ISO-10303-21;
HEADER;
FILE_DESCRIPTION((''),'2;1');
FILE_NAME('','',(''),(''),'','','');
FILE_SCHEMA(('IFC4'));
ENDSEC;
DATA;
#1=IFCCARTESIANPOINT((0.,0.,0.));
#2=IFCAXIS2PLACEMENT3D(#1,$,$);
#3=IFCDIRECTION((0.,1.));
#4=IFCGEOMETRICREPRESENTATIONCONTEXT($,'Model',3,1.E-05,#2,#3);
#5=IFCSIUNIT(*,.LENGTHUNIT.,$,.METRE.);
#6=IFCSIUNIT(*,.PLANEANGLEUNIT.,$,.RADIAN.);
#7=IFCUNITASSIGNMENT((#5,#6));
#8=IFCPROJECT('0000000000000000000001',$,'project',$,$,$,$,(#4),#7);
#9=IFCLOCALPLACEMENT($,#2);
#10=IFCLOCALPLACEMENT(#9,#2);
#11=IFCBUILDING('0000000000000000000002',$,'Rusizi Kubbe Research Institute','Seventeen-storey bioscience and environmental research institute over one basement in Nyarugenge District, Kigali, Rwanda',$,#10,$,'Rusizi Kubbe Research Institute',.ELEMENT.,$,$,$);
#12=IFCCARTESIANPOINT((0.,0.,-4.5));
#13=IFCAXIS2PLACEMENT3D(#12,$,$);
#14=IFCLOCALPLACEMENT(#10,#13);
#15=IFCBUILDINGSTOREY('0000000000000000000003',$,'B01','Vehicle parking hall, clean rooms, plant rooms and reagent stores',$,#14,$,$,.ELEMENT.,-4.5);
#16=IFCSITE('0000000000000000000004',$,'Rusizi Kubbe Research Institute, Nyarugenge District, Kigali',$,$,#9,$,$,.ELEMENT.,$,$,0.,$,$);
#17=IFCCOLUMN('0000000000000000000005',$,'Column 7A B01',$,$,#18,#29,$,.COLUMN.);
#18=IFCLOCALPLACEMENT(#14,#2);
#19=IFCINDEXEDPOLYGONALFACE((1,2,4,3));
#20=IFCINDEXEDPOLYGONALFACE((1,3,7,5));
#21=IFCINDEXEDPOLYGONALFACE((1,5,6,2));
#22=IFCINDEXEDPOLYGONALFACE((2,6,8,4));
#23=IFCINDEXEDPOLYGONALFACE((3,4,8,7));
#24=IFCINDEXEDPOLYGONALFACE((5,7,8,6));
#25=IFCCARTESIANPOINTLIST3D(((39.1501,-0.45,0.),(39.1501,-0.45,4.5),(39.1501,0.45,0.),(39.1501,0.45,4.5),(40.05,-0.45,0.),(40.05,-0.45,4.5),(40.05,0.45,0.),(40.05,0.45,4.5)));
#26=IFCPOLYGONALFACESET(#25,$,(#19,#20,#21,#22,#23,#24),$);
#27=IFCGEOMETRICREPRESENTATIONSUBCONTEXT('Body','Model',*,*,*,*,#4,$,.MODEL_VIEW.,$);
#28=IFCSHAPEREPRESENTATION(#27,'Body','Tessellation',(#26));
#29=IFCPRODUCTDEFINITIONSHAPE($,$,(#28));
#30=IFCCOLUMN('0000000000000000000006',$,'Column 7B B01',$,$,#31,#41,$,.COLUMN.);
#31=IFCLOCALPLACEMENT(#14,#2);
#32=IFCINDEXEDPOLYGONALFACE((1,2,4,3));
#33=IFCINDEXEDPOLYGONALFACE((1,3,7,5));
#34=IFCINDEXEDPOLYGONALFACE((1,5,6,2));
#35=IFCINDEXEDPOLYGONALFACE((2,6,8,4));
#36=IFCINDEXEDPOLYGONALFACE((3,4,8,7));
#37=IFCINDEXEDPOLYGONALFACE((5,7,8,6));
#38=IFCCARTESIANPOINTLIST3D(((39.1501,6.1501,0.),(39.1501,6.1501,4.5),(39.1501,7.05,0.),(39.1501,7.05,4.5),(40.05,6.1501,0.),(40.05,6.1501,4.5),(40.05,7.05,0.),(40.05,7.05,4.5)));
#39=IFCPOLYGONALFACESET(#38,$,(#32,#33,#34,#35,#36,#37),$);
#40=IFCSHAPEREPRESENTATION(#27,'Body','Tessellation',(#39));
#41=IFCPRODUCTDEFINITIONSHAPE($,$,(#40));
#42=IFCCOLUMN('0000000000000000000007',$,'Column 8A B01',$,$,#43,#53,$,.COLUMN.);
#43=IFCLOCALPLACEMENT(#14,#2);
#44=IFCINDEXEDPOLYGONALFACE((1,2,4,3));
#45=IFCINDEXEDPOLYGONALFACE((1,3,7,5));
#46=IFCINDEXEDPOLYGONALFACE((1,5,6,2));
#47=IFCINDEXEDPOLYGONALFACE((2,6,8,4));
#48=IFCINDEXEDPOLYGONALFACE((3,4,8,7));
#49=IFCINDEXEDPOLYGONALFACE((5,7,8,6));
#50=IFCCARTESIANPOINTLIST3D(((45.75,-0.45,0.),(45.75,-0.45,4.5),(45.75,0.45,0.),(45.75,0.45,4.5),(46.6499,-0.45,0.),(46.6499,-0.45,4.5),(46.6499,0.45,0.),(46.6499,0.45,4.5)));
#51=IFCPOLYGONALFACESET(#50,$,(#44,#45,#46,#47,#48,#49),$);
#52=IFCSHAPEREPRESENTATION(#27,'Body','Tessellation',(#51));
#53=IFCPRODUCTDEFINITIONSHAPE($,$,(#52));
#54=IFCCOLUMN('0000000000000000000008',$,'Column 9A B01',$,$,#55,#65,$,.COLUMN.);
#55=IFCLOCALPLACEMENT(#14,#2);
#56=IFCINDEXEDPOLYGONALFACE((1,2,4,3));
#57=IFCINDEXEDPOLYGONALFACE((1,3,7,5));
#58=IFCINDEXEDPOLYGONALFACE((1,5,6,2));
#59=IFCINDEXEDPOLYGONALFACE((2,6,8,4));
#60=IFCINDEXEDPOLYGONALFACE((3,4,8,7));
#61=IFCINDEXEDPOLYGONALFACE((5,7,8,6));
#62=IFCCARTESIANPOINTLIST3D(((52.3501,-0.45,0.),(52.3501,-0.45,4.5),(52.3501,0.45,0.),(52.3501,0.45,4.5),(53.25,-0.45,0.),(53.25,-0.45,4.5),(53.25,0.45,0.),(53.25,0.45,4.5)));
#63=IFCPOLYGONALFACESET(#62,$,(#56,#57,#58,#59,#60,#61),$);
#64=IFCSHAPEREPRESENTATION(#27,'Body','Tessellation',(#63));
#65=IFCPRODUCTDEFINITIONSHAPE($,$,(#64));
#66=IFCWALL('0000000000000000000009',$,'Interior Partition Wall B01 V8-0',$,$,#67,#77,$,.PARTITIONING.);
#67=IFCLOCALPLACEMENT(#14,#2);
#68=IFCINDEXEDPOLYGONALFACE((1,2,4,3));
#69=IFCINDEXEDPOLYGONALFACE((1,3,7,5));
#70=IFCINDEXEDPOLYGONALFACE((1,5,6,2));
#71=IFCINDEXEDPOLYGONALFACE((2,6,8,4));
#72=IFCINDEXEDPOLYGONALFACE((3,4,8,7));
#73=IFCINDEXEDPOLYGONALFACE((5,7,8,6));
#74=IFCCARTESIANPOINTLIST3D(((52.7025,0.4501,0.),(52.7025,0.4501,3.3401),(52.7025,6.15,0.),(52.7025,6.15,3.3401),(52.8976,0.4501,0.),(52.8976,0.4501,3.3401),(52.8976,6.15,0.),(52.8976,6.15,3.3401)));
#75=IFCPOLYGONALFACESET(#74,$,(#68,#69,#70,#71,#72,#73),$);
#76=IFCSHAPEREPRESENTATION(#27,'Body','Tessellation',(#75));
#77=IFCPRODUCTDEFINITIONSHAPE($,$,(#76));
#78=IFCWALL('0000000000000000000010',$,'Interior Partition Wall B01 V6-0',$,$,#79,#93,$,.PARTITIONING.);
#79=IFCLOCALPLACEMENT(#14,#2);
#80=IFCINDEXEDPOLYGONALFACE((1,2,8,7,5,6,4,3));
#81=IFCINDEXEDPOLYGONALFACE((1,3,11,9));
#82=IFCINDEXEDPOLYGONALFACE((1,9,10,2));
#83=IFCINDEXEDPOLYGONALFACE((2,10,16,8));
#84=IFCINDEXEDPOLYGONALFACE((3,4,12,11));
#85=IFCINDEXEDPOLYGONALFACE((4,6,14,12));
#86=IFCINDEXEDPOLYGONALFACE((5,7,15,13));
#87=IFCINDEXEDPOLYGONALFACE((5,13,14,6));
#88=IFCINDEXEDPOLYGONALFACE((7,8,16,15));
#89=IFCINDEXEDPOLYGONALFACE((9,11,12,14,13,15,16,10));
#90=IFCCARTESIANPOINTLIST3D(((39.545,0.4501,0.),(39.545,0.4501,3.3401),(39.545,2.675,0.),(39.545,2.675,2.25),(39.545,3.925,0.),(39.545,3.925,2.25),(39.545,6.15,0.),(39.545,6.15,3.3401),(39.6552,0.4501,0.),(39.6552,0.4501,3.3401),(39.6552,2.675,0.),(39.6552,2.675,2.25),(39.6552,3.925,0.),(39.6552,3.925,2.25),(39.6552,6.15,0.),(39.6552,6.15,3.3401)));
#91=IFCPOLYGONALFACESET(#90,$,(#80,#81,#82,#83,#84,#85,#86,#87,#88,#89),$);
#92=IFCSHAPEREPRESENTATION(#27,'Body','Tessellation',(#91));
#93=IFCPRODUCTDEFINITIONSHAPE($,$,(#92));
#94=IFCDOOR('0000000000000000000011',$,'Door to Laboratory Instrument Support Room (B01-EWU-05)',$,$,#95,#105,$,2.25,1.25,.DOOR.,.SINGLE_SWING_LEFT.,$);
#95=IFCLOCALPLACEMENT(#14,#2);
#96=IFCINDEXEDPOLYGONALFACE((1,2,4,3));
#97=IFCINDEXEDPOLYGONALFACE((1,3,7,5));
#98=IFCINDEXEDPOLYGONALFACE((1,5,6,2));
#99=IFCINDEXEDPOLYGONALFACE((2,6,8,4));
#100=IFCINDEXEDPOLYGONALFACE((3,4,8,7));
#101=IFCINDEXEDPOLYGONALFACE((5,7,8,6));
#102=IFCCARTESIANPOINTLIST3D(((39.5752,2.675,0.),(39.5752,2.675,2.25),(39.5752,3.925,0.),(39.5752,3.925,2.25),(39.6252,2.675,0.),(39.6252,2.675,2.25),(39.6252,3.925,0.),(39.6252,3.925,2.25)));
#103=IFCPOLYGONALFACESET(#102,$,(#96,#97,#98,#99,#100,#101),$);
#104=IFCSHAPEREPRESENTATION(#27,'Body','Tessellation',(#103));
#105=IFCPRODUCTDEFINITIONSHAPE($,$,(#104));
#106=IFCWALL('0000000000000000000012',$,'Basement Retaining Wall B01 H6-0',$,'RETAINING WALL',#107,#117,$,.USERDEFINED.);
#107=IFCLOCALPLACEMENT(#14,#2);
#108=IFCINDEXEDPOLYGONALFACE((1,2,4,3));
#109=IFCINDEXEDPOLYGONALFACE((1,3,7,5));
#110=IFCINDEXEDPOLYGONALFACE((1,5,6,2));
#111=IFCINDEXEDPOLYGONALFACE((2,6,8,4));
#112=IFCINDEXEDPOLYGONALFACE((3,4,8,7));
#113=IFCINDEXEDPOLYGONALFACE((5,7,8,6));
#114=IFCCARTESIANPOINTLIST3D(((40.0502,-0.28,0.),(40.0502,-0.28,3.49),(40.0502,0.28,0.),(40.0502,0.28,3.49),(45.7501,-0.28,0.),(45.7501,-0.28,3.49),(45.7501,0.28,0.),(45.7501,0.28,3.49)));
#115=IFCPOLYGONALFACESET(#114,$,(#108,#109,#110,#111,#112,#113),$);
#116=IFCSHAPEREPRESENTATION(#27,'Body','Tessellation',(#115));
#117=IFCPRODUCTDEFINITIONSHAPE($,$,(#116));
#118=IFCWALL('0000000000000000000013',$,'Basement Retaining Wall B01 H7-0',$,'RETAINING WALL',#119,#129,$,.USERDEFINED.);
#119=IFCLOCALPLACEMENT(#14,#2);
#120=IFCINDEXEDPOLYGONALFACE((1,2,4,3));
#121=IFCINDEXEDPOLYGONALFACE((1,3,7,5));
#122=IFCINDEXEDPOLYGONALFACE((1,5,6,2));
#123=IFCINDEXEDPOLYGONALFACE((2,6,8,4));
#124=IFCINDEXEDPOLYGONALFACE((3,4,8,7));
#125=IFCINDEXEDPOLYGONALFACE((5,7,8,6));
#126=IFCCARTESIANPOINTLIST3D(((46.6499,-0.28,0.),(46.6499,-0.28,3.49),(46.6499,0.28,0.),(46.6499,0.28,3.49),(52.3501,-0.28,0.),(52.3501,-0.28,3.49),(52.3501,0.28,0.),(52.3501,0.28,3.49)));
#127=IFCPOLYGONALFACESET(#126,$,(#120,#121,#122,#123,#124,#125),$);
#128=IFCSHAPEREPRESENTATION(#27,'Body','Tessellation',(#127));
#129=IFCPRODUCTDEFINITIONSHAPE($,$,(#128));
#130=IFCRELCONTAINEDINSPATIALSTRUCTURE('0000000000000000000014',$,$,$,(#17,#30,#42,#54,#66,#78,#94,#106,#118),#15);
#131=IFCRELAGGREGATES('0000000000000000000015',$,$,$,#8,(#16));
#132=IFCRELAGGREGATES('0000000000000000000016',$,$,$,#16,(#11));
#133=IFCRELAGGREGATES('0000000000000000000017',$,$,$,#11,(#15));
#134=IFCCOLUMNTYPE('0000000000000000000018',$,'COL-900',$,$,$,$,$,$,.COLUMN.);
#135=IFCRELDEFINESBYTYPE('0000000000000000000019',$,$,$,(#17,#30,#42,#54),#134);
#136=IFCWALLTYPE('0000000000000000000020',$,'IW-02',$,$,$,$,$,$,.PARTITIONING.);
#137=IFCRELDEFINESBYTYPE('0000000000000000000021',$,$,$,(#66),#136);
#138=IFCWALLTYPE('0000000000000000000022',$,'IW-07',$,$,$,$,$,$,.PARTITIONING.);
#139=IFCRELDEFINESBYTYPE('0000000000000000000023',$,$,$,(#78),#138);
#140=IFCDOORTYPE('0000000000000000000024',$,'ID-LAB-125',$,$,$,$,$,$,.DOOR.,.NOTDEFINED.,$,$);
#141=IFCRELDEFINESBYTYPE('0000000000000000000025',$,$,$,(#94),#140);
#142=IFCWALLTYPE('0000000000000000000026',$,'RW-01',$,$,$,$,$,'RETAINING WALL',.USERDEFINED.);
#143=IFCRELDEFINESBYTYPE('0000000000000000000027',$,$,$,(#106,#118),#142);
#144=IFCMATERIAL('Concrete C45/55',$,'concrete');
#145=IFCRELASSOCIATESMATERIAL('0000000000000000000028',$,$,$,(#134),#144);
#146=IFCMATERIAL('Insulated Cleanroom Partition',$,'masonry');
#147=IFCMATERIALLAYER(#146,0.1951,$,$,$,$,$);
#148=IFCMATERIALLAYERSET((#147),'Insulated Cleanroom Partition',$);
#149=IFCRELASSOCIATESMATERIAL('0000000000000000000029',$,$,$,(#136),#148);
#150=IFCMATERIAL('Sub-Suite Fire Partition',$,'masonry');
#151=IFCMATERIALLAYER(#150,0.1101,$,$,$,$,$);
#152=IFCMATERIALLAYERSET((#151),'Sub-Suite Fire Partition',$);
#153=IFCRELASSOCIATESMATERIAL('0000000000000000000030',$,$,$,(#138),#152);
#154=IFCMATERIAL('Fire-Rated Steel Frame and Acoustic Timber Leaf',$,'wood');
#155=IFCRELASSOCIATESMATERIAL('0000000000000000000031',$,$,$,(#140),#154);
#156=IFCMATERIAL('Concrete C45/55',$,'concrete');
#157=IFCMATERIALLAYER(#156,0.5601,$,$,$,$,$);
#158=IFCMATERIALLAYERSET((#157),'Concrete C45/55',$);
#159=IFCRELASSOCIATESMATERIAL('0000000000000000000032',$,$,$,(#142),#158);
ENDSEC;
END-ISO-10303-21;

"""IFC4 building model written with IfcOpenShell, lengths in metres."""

from ifc_helpers import new_model, si_unit, direction, frame, frame_2d, origin, origin_2d, place, context, subcontext, project, spatial, rectangle, extrude, material, layer, layer_set, material_profile, profile_set, type_object, element, fill, save


model = new_model("IFC4")

# Units and contexts
model_context = context("Model", 3, precision=1e-05, world=origin(), true_north=direction((0.0, 1.0)))
body_context = subcontext(model_context, "Body", "Model", "MODEL_VIEW")
ifc_project = project(units=[si_unit("LENGTHUNIT", "METRE"), si_unit("PLANEANGLEUNIT", "RADIAN")], contexts=[model_context])

# Site, building, storey
site_placement = place(None, origin())
site = spatial("IfcSite", under=ifc_project, at=site_placement, Name="Rusizi Kubbe Research Institute, Nyarugenge District, Kigali", CompositionType="ELEMENT", RefElevation=0.0)
building_placement = place(site_placement, origin())
building = spatial("IfcBuilding", under=site, at=building_placement, Name="Rusizi Kubbe Research Institute", Description="Seventeen-storey bioscience and environmental research institute over one basement in Nyarugenge District, Kigali, Rwanda", LongName="Rusizi Kubbe Research Institute", CompositionType="ELEMENT")
storey_placement = place(building_placement, frame((0.0, 0.0, -4.5)))
storey = spatial("IfcBuildingStorey", under=building, at=storey_placement, Name="B01", Description="Vehicle parking hall, clean rooms, plant rooms and reagent stores", CompositionType="ELEMENT", Elevation=-4.5)

# Columns
ifc_material_1 = material(Name="Concrete C45/55", Category="concrete")
ifc_material_profile_1 = material_profile(ifc_material_1, rectangle(XDim=0.8999, YDim=0.8999, at=origin_2d()), Name="RC900x900")
ifc_profile_set_1 = profile_set([ifc_material_profile_1], Name="Concrete C45/55")
column_type = type_object("IfcColumnType", Name="COL-900", PredefinedType="COLUMN", material=ifc_profile_set_1)
for number, where, z_axis, x_axis, name in (
    (1, (39.6001, 0.0, 0.0), (0.0, 0.0, 1.0), (1.0, 0.0, 0.0), "Column 7A B01"),
    (2, (39.6001, 6.6001, 0.0), (0.0, 0.0, 1.0), (1.0, 0.0, 0.0), "Column 7B B01"),
    (3, (46.2, 0.0, 0.0), (0.0, 0.0, 1.0), (1.0, 0.0, 0.0), "Column 8A B01"),
    (4, (52.8, 0.0, 0.0), (0.0, 0.0, 1.0), (1.0, 0.0, 0.0), "Column 9A B01"),
):
    element("IfcColumn", number, at=place(storey_placement, frame(where, z_axis=z_axis, x_axis=x_axis)), inside=storey, type_object=column_type, Name=name, PredefinedType="COLUMN", context=body_context, shape_type="SweptSolid", body=[
        extrude(rectangle(XDim=0.8999, YDim=0.8999, at=origin_2d()), origin(), (0.0, 0.0, 1.0), 4.5),
    ])

# Wall
ifc_material_2 = material(Name="Insulated Cleanroom Partition", Category="masonry")
ifc_layer_1 = layer(ifc_material_2, 0.1951)
ifc_layer_set_1 = layer_set([ifc_layer_1], Name="Insulated Cleanroom Partition")
wall_type_1 = type_object("IfcWallType", Name="IW-02", PredefinedType="PARTITIONING", material=ifc_layer_set_1)
wall_1_placement = place(storey_placement, frame((52.8, 0.45, 0.0), z_axis=(0.0, 0.0, 1.0), x_axis=(0.0, 1.0, 0.0)))
element("IfcWall", 5, at=wall_1_placement, inside=storey, type_object=wall_type_1, Name="Interior Partition Wall B01 V8-0", PredefinedType="PARTITIONING", context=body_context, shape_type="SweptSolid", body=[
    extrude(rectangle(XDim=5.7, YDim=0.1951, at=frame_2d((2.8501, 0.0))), origin(), (0.0, 0.0, 1.0), 3.3401),
])

# Wall, opening, door
ifc_material_3 = material(Name="Sub-Suite Fire Partition", Category="masonry")
ifc_layer_2 = layer(ifc_material_3, 0.1101)
ifc_layer_set_2 = layer_set([ifc_layer_2], Name="Sub-Suite Fire Partition")
wall_type_2 = type_object("IfcWallType", Name="IW-07", PredefinedType="PARTITIONING", material=ifc_layer_set_2)
wall_2_placement = place(storey_placement, frame((39.6001, 0.45, 0.0), z_axis=(0.0, 0.0, 1.0), x_axis=(0.0, 1.0, 0.0)))
wall_2 = element("IfcWall", 6, at=wall_2_placement, inside=storey, type_object=wall_type_2, Name="Interior Partition Wall B01 V6-0", PredefinedType="PARTITIONING", context=body_context, shape_type="SweptSolid", body=[
    extrude(rectangle(XDim=5.7, YDim=0.1101, at=frame_2d((2.8501, 0.0))), origin(), (0.0, 0.0, 1.0), 3.3401),
])
opening_placement = place(wall_2_placement, frame((2.2251, 0.0, 0.0)))
opening = element("IfcOpeningElement", 7, at=opening_placement, cuts=wall_2, PredefinedType="OPENING", context=body_context, shape_type="SweptSolid", body=[
    extrude(rectangle(XDim=1.25, YDim=2.25, at=frame_2d((0.625, 1.125))), frame((0.0, 0.0649, 0.0), z_axis=(0.0, -1.0, 0.0), x_axis=(1.0, 0.0, 0.0)), (0.0, 0.0, 1.0), 0.1301),
])
ifc_material_4 = material(Name="Fire-Rated Steel Frame and Acoustic Timber Leaf", Category="wood")
door_type = type_object("IfcDoorType", Name="ID-LAB-125", OperationType="NOTDEFINED", PredefinedType="DOOR", material=ifc_material_4)
door_placement = place(opening_placement, origin())
door = element("IfcDoor", 8, at=door_placement, inside=storey, type_object=door_type, Name="Door to Laboratory Instrument Support Room (B01-EWU-05)", OperationType="SINGLE_SWING_LEFT", OverallHeight=2.25, OverallWidth=1.25, PredefinedType="DOOR", context=body_context, shape_type="SweptSolid", body=[
    extrude(rectangle(XDim=1.25, YDim=2.25, at=frame_2d((0.625, 1.125))), frame((0.0, 0.0249, 0.0), z_axis=(0.0, -1.0, 0.0), x_axis=(1.0, 0.0, 0.0)), (0.0, 0.0, 1.0), 0.05),
])
fill(opening, door)

# Walls
ifc_material_5 = material(Name="Concrete C45/55", Category="concrete")
ifc_layer_3 = layer(ifc_material_5, 0.5601)
ifc_layer_set_3 = layer_set([ifc_layer_3], Name="Concrete C45/55")
wall_type_3 = type_object("IfcWallType", Name="RW-01", ElementType="RETAINING WALL", PredefinedType="USERDEFINED", material=ifc_layer_set_3)
wall_3_placement = place(storey_placement, frame((40.05, 0.0, 0.0), z_axis=(0.0, 0.0, 1.0), x_axis=(1.0, 0.0, 0.0)))
element("IfcWall", 9, at=wall_3_placement, inside=storey, type_object=wall_type_3, Name="Basement Retaining Wall B01 H6-0", ObjectType="RETAINING WALL", PredefinedType="USERDEFINED", context=body_context, shape_type="SweptSolid", body=[
    extrude(rectangle(XDim=5.7, YDim=0.5601, at=frame_2d((2.8501, 0.0))), origin(), (0.0, 0.0, 1.0), 3.49),
])
wall_4_placement = place(storey_placement, frame((46.6499, 0.0, 0.0), z_axis=(0.0, 0.0, 1.0), x_axis=(1.0, 0.0, 0.0)))
element("IfcWall", 10, at=wall_4_placement, inside=storey, type_object=wall_type_3, Name="Basement Retaining Wall B01 H7-0", ObjectType="RETAINING WALL", PredefinedType="USERDEFINED", context=body_context, shape_type="SweptSolid", body=[
    extrude(rectangle(XDim=5.7002, YDim=0.5601, at=frame_2d((2.8501, 0.0))), origin(), (0.0, 0.0, 1.0), 3.49),
])

save(model, "model.ifc")
